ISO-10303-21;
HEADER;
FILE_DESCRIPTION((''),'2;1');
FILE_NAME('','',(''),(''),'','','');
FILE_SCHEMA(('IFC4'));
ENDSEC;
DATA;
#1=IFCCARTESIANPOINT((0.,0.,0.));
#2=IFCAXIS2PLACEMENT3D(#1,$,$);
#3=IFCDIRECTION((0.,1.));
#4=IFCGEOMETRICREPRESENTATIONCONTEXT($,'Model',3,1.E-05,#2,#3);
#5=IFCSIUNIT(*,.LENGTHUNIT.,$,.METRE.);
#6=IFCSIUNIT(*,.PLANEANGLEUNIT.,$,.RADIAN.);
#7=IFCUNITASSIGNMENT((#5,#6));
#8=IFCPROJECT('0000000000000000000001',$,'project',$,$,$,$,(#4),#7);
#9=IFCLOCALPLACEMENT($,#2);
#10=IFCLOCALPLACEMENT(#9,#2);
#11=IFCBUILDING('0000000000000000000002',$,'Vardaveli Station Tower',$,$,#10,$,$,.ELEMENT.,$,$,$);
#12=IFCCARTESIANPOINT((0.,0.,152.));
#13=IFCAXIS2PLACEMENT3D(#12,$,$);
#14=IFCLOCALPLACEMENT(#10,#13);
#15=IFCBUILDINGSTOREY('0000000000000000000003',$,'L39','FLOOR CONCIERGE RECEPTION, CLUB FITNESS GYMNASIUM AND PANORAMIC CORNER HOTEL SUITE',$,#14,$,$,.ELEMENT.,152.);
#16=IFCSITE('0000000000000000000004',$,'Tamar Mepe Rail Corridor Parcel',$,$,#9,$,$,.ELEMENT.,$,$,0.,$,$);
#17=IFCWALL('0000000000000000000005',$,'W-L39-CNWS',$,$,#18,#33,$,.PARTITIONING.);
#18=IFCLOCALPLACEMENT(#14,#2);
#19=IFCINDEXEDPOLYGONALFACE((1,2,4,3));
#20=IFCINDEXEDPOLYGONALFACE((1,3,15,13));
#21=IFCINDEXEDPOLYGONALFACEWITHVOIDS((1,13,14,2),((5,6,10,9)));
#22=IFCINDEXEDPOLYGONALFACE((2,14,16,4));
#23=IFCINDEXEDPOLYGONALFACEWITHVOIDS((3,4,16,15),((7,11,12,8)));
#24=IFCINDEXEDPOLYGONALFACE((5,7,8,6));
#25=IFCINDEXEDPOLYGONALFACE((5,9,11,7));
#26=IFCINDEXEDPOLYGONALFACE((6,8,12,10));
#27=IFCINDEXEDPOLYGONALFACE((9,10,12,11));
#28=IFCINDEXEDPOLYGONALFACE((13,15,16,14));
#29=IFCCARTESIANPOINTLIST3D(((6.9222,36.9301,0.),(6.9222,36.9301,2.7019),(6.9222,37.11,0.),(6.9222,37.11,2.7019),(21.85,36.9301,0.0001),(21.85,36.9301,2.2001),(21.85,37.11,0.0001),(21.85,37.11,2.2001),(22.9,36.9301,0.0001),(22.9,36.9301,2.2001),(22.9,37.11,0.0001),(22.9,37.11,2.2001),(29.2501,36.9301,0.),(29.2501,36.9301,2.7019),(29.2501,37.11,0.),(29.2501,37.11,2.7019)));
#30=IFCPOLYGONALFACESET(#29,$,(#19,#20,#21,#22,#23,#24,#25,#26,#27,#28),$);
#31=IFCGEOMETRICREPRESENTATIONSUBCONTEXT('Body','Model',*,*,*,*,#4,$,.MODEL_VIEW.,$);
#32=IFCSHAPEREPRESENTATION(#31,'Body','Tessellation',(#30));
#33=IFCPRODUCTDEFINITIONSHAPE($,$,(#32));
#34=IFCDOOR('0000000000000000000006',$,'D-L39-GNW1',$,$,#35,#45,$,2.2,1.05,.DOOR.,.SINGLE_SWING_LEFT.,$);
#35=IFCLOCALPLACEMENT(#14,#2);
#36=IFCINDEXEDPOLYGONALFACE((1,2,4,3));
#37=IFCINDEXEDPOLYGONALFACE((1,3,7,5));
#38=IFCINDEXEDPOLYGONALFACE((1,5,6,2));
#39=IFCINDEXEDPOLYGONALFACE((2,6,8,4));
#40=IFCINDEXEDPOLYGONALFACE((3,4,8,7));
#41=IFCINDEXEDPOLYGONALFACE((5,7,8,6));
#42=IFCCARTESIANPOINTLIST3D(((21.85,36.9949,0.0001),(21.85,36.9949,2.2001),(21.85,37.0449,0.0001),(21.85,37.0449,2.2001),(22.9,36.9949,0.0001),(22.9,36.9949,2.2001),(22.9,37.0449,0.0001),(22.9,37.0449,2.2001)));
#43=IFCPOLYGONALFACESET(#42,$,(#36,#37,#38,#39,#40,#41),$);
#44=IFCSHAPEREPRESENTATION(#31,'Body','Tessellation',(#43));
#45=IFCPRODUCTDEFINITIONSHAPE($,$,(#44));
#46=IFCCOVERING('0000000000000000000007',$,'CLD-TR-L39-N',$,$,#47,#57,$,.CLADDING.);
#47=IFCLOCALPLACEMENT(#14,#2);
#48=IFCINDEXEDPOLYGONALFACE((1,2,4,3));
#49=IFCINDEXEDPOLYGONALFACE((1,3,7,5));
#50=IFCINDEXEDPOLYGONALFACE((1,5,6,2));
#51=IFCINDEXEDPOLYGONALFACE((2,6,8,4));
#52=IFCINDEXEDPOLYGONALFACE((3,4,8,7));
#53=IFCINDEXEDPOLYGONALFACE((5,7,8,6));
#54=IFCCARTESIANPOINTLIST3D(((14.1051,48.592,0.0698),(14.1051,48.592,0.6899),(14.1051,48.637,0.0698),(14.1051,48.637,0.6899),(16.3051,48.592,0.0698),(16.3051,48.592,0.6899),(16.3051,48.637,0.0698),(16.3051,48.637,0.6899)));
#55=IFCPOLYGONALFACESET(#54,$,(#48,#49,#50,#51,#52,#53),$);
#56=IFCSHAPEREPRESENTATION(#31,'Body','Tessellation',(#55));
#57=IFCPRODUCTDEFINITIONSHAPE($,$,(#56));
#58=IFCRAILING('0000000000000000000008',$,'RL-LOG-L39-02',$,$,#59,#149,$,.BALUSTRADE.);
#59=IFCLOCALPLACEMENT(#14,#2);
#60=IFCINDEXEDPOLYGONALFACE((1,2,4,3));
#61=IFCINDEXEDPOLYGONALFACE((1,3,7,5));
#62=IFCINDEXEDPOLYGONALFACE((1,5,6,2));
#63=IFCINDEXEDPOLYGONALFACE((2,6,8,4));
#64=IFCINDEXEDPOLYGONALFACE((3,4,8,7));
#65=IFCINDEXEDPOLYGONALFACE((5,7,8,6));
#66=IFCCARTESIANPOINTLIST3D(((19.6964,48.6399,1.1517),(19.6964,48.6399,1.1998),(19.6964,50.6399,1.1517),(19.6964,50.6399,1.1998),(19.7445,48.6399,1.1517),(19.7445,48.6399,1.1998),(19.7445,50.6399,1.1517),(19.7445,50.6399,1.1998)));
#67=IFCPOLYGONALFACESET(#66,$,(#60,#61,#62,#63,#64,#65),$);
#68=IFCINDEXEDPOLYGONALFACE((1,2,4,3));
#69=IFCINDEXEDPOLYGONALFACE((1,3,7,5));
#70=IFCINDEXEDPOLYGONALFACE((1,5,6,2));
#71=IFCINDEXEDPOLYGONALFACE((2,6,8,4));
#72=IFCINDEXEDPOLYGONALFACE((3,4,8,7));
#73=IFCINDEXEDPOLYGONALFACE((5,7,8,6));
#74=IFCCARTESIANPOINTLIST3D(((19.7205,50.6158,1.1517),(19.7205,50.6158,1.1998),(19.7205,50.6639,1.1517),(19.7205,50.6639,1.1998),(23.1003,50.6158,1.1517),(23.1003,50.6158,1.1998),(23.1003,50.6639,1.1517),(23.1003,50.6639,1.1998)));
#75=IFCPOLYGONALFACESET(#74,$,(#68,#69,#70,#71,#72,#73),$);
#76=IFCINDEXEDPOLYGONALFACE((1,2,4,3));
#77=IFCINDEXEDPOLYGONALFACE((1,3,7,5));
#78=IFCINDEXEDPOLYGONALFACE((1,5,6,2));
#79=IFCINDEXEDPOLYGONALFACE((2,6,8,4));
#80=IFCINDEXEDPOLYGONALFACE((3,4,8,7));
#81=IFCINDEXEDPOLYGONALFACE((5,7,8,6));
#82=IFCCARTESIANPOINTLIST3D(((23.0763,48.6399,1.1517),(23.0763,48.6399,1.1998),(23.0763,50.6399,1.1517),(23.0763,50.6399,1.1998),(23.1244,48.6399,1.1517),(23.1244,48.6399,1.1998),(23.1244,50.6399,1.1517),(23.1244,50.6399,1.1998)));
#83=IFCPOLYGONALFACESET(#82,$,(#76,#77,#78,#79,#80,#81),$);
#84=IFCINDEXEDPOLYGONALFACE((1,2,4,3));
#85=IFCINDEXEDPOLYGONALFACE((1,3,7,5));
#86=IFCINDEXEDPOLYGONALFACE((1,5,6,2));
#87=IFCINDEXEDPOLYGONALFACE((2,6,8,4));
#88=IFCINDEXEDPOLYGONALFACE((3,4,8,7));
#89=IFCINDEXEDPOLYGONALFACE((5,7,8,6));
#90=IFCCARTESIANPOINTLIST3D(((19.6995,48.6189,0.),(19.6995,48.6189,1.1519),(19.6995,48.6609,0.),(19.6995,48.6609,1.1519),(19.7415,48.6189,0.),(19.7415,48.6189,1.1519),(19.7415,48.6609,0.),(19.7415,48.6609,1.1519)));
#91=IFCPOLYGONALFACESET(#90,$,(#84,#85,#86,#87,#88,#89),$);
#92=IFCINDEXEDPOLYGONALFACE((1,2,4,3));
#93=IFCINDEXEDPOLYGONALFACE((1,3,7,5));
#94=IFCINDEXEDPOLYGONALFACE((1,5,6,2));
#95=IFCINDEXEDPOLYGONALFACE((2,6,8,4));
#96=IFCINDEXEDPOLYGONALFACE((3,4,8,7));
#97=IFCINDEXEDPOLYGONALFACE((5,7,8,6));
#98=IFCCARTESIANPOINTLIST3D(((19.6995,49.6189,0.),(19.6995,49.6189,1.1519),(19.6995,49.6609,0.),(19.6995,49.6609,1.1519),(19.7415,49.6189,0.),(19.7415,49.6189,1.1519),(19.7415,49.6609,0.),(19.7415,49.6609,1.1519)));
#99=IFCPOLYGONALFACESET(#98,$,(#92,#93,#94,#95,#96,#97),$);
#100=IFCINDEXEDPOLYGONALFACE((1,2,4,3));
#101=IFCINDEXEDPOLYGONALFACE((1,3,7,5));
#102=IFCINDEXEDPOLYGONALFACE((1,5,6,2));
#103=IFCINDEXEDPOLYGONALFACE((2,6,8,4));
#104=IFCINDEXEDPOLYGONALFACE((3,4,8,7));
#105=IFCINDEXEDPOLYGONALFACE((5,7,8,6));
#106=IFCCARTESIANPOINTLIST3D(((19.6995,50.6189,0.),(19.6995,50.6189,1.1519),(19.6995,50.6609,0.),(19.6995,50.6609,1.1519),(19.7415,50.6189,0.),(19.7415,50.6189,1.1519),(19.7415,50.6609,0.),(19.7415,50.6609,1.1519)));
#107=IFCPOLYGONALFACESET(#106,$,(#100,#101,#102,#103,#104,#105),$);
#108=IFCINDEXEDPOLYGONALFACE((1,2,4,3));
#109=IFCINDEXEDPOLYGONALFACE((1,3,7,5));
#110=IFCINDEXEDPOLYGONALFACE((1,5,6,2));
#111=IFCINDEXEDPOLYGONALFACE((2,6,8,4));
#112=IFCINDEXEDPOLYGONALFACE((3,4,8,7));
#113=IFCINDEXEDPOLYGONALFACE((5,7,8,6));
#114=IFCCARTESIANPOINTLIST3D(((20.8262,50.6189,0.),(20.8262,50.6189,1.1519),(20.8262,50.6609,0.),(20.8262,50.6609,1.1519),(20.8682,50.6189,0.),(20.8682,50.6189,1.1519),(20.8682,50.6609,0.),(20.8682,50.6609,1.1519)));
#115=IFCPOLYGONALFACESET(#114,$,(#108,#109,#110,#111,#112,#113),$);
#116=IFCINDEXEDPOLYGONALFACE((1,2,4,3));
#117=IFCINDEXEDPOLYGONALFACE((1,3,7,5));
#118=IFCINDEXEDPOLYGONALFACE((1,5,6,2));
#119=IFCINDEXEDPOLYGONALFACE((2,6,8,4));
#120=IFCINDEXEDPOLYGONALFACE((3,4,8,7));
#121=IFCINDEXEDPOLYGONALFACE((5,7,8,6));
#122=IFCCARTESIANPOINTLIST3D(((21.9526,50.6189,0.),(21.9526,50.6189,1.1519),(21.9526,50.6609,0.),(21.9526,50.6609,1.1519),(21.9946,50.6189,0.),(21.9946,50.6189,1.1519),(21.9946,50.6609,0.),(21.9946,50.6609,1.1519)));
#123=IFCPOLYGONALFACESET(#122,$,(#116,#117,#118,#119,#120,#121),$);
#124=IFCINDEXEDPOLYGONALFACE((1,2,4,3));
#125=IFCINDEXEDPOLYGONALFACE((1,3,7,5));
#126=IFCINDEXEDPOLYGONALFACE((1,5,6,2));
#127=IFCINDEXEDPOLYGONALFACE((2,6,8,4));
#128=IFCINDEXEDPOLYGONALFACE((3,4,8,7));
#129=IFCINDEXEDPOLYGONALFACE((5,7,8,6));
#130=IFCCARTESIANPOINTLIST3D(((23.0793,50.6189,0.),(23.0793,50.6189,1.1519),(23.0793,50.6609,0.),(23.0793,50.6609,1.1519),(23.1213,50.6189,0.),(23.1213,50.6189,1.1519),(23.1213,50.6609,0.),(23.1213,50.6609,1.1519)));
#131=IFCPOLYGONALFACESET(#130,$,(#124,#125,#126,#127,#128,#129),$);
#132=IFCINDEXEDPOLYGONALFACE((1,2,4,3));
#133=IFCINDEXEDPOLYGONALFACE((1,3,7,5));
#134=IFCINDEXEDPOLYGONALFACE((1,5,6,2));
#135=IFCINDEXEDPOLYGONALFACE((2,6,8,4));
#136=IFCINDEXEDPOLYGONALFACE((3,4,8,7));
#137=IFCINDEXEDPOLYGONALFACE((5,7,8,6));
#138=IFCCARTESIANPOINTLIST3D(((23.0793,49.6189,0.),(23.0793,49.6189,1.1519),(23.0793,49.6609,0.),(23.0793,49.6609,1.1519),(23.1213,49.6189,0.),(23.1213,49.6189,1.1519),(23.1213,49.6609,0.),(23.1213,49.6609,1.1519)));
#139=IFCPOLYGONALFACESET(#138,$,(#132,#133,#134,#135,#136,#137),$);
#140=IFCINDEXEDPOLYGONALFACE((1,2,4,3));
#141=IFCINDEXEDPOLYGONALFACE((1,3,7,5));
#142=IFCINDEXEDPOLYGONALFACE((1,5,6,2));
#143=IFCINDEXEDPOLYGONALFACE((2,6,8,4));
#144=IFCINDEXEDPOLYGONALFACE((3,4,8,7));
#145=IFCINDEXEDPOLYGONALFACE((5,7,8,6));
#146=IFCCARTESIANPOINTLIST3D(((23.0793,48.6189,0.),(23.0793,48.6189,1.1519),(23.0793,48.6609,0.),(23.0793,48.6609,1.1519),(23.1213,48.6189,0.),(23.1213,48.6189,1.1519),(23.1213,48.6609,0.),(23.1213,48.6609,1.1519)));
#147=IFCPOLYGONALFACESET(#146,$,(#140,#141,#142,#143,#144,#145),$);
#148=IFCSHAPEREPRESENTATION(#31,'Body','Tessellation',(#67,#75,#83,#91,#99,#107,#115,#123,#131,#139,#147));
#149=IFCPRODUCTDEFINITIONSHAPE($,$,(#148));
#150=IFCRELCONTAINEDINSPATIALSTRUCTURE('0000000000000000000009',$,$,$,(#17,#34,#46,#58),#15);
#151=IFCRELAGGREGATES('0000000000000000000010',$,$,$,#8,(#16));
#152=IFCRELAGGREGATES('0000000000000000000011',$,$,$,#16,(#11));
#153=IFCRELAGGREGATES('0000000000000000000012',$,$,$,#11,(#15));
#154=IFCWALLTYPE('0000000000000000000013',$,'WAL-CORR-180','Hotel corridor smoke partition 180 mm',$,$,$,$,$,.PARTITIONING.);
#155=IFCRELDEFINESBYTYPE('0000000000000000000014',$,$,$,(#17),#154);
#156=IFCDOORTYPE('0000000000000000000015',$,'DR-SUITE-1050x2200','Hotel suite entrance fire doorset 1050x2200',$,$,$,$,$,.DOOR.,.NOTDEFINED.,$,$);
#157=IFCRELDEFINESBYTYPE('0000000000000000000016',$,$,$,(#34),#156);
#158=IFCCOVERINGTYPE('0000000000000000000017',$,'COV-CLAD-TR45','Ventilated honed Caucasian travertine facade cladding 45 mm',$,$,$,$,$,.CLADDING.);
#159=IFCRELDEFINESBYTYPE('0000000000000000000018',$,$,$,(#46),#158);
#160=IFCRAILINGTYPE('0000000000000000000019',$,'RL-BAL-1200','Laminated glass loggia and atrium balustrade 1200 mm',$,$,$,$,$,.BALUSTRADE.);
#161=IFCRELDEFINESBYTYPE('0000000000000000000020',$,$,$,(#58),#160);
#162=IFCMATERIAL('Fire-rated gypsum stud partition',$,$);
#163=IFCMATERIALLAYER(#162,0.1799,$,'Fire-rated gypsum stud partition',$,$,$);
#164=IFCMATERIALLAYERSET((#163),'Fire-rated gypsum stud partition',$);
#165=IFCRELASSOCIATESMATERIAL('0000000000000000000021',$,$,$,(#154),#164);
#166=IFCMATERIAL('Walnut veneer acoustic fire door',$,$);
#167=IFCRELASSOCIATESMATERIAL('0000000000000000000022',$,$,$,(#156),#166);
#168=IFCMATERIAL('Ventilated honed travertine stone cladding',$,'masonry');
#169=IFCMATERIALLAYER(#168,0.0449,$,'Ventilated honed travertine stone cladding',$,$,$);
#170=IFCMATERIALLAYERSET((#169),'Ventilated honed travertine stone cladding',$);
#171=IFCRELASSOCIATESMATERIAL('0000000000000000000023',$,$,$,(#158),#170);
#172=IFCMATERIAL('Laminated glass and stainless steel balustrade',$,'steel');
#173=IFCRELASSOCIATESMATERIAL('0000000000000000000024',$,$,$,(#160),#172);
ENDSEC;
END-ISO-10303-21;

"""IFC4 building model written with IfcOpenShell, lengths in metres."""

from ifc_helpers import new_model, si_unit, direction, frame, frame_2d, origin, origin_2d, place, context, subcontext, project, spatial, rectangle, extrude, source, transform, mapped, material, layer, layer_set, type_object, element, fill, save


model = new_model("IFC4")

# Units and contexts
model_context = context("Model", 3, precision=1e-05, world=origin(), true_north=direction((0.0, 1.0)))
body_context = subcontext(model_context, "Body", "Model", "MODEL_VIEW")
ifc_project = project(units=[si_unit("LENGTHUNIT", "METRE"), si_unit("PLANEANGLEUNIT", "RADIAN")], contexts=[model_context])

# Site, building, storey
site_placement = place(None, origin())
site = spatial("IfcSite", under=ifc_project, at=site_placement, Name="Tamar Mepe Rail Corridor Parcel", CompositionType="ELEMENT", RefElevation=0.0)
building_placement = place(site_placement, origin())
building = spatial("IfcBuilding", under=site, at=building_placement, Name="Vardaveli Station Tower", CompositionType="ELEMENT")
storey_placement = place(building_placement, frame((0.0, 0.0, 152.0)))
storey = spatial("IfcBuildingStorey", under=building, at=storey_placement, Name="L39", Description="FLOOR CONCIERGE RECEPTION, CLUB FITNESS GYMNASIUM AND PANORAMIC CORNER HOTEL SUITE", CompositionType="ELEMENT", Elevation=152.0)

# Wall, opening, door
ifc_material_1 = material(Name="Fire-rated gypsum stud partition")
ifc_layer_1 = layer(ifc_material_1, 0.1799, Name="Fire-rated gypsum stud partition")
ifc_layer_set_1 = layer_set([ifc_layer_1], Name="Fire-rated gypsum stud partition")
wall_type_1 = type_object("IfcWallType", Name="WAL-CORR-180", Description="Hotel corridor smoke partition 180 mm", PredefinedType="PARTITIONING", material=ifc_layer_set_1)
shared_shape_1 = source(origin(), body_context, "Body", "SweptSolid", [
    extrude(rectangle(XDim=22.3279, YDim=0.1799, at=frame_2d((11.1641, 0.0))), origin(), (0.0, 0.0, 1.0), 2.7019),
])
wall_1_placement = place(storey_placement, frame((6.9221, 37.02, 0.0), z_axis=(0.0, 0.0, 1.0), x_axis=(1.0, 0.0, 0.0)))
wall_1 = element("IfcWall", 1, at=wall_1_placement, inside=storey, type_object=wall_type_1, Name="W-L39-CNWS", PredefinedType="PARTITIONING", context=body_context, shape_type="MappedRepresentation", body=[
    mapped(shared_shape_1, transform((0.0, 0.0, 0.0), scale=1.0)),
])
shared_shape_2 = source(origin(), body_context, "Body", "SweptSolid", [
    extrude(rectangle(XDim=1.05, YDim=2.2, at=frame_2d((0.5249, 1.1001))), frame((0.0, 0.1001, 0.0), z_axis=(0.0, -1.0, 0.0), x_axis=(1.0, 0.0, 0.0)), (0.0, 0.0, 1.0), 0.2),
])
opening_1_placement = place(wall_1_placement, frame((14.928, 0.0, 0.0)))
opening_1 = element("IfcOpeningElement", 2, at=opening_1_placement, cuts=wall_1, PredefinedType="OPENING", context=body_context, shape_type="MappedRepresentation", body=[
    mapped(shared_shape_2, transform((0.0, 0.0, 0.0), scale=1.0)),
])
ifc_material_2 = material(Name="Walnut veneer acoustic fire door")
door_type_1 = type_object("IfcDoorType", Name="DR-SUITE-1050x2200", Description="Hotel suite entrance fire doorset 1050x2200", OperationType="NOTDEFINED", PredefinedType="DOOR", material=ifc_material_2)
shared_shape_3 = source(origin(), body_context, "Body", "SweptSolid", [
    extrude(rectangle(XDim=1.05, YDim=2.2, at=frame_2d((0.5249, 1.1001))), frame((0.0, 0.0249, 0.0), z_axis=(0.0, -1.0, 0.0), x_axis=(1.0, 0.0, 0.0)), (0.0, 0.0, 1.0), 0.05),
])
door_1_placement = place(opening_1_placement, origin())
door_1 = element("IfcDoor", 3, at=door_1_placement, inside=storey, type_object=door_type_1, Name="D-L39-GNW1", OperationType="SINGLE_SWING_LEFT", OverallHeight=2.2, OverallWidth=1.05, PredefinedType="DOOR", context=body_context, shape_type="MappedRepresentation", body=[
    mapped(shared_shape_3, transform((0.0, 0.0, 0.0), scale=1.0)),
])
fill(opening_1, door_1)

# Covering
ifc_material_3 = material(Name="Ventilated honed travertine stone cladding", Category="masonry")
ifc_layer_2 = layer(ifc_material_3, 0.0449, Name="Ventilated honed travertine stone cladding")
ifc_layer_set_2 = layer_set([ifc_layer_2], Name="Ventilated honed travertine stone cladding")
covering_type = type_object("IfcCoveringType", Name="COV-CLAD-TR45", Description="Ventilated honed Caucasian travertine facade cladding 45 mm", PredefinedType="CLADDING", material=ifc_layer_set_2)
shared_shape_4 = source(origin(), body_context, "Body", "SweptSolid", [
    extrude(rectangle(XDim=2.2, YDim=0.0449, at=origin_2d()), origin(), (0.0, 0.0, 1.0), 0.6201),
])
covering_placement = place(storey_placement, frame((15.2051, 48.6145, 0.0698), z_axis=(0.0, 0.0, 1.0), x_axis=(1.0, 0.0, 0.0)))
element("IfcCovering", 4, at=covering_placement, inside=storey, type_object=covering_type, Name="CLD-TR-L39-N", PredefinedType="CLADDING", context=body_context, shape_type="MappedRepresentation", body=[
    mapped(shared_shape_4, transform((0.0, 0.0, 0.0), scale=1.0)),
])

# Railing
ifc_material_4 = material(Name="Laminated glass and stainless steel balustrade", Category="steel")
railing_type = type_object("IfcRailingType", Name="RL-BAL-1200", Description="Laminated glass loggia and atrium balustrade 1200 mm", PredefinedType="BALUSTRADE", material=ifc_material_4)
shared_shape_5 = source(origin(), body_context, "Body", "SweptSolid", [
    extrude(rectangle(XDim=0.0481, YDim=0.0481, at=origin_2d()), frame((0.0, 0.0, 1.1758), z_axis=(0.0, 1.0, 0.0), x_axis=(-1.0, 0.0, 0.0)), (0.0, 0.0, 1.0), 2.0),
    extrude(rectangle(XDim=0.0481, YDim=0.0481, at=origin_2d()), frame((0.0, 2.0, 1.1758), z_axis=(1.0, 0.0, 0.0), x_axis=(0.0, 1.0, 0.0)), (0.0, 0.0, 1.0), 3.3799),
    extrude(rectangle(XDim=0.0481, YDim=0.0481, at=origin_2d()), frame((3.3799, 2.0, 1.1758), z_axis=(0.0, -1.0, 0.0), x_axis=(1.0, 0.0, 0.0)), (0.0, 0.0, 1.0), 2.0),
    extrude(rectangle(XDim=0.042, YDim=0.042, at=origin_2d()), origin(), (0.0, 0.0, 1.0), 1.1519),
    extrude(rectangle(XDim=0.042, YDim=0.042, at=origin_2d()), frame((0.0, 1.0, 0.0)), (0.0, 0.0, 1.0), 1.1519),
    extrude(rectangle(XDim=0.042, YDim=0.042, at=origin_2d()), frame((0.0, 2.0, 0.0)), (0.0, 0.0, 1.0), 1.1519),
    extrude(rectangle(XDim=0.042, YDim=0.042, at=origin_2d()), frame((1.1267, 2.0, 0.0)), (0.0, 0.0, 1.0), 1.1519),
    extrude(rectangle(XDim=0.042, YDim=0.042, at=origin_2d()), frame((2.2532, 2.0, 0.0)), (0.0, 0.0, 1.0), 1.1519),
    extrude(rectangle(XDim=0.042, YDim=0.042, at=origin_2d()), frame((3.3799, 2.0, 0.0)), (0.0, 0.0, 1.0), 1.1519),
    extrude(rectangle(XDim=0.042, YDim=0.042, at=origin_2d()), frame((3.3799, 1.0, 0.0)), (0.0, 0.0, 1.0), 1.1519),
    extrude(rectangle(XDim=0.042, YDim=0.042, at=origin_2d()), frame((3.3799, 0.0, 0.0)), (0.0, 0.0, 1.0), 1.1519),
])
railing_placement = place(storey_placement, frame((19.7205, 48.6399, 0.0)))
element("IfcRailing", 5, at=railing_placement, inside=storey, type_object=railing_type, Name="RL-LOG-L39-02", PredefinedType="BALUSTRADE", context=body_context, shape_type="MappedRepresentation", body=[
    mapped(shared_shape_5, transform((0.0, 0.0, 0.0), scale=1.0)),
])

save(model, "model.ifc")
